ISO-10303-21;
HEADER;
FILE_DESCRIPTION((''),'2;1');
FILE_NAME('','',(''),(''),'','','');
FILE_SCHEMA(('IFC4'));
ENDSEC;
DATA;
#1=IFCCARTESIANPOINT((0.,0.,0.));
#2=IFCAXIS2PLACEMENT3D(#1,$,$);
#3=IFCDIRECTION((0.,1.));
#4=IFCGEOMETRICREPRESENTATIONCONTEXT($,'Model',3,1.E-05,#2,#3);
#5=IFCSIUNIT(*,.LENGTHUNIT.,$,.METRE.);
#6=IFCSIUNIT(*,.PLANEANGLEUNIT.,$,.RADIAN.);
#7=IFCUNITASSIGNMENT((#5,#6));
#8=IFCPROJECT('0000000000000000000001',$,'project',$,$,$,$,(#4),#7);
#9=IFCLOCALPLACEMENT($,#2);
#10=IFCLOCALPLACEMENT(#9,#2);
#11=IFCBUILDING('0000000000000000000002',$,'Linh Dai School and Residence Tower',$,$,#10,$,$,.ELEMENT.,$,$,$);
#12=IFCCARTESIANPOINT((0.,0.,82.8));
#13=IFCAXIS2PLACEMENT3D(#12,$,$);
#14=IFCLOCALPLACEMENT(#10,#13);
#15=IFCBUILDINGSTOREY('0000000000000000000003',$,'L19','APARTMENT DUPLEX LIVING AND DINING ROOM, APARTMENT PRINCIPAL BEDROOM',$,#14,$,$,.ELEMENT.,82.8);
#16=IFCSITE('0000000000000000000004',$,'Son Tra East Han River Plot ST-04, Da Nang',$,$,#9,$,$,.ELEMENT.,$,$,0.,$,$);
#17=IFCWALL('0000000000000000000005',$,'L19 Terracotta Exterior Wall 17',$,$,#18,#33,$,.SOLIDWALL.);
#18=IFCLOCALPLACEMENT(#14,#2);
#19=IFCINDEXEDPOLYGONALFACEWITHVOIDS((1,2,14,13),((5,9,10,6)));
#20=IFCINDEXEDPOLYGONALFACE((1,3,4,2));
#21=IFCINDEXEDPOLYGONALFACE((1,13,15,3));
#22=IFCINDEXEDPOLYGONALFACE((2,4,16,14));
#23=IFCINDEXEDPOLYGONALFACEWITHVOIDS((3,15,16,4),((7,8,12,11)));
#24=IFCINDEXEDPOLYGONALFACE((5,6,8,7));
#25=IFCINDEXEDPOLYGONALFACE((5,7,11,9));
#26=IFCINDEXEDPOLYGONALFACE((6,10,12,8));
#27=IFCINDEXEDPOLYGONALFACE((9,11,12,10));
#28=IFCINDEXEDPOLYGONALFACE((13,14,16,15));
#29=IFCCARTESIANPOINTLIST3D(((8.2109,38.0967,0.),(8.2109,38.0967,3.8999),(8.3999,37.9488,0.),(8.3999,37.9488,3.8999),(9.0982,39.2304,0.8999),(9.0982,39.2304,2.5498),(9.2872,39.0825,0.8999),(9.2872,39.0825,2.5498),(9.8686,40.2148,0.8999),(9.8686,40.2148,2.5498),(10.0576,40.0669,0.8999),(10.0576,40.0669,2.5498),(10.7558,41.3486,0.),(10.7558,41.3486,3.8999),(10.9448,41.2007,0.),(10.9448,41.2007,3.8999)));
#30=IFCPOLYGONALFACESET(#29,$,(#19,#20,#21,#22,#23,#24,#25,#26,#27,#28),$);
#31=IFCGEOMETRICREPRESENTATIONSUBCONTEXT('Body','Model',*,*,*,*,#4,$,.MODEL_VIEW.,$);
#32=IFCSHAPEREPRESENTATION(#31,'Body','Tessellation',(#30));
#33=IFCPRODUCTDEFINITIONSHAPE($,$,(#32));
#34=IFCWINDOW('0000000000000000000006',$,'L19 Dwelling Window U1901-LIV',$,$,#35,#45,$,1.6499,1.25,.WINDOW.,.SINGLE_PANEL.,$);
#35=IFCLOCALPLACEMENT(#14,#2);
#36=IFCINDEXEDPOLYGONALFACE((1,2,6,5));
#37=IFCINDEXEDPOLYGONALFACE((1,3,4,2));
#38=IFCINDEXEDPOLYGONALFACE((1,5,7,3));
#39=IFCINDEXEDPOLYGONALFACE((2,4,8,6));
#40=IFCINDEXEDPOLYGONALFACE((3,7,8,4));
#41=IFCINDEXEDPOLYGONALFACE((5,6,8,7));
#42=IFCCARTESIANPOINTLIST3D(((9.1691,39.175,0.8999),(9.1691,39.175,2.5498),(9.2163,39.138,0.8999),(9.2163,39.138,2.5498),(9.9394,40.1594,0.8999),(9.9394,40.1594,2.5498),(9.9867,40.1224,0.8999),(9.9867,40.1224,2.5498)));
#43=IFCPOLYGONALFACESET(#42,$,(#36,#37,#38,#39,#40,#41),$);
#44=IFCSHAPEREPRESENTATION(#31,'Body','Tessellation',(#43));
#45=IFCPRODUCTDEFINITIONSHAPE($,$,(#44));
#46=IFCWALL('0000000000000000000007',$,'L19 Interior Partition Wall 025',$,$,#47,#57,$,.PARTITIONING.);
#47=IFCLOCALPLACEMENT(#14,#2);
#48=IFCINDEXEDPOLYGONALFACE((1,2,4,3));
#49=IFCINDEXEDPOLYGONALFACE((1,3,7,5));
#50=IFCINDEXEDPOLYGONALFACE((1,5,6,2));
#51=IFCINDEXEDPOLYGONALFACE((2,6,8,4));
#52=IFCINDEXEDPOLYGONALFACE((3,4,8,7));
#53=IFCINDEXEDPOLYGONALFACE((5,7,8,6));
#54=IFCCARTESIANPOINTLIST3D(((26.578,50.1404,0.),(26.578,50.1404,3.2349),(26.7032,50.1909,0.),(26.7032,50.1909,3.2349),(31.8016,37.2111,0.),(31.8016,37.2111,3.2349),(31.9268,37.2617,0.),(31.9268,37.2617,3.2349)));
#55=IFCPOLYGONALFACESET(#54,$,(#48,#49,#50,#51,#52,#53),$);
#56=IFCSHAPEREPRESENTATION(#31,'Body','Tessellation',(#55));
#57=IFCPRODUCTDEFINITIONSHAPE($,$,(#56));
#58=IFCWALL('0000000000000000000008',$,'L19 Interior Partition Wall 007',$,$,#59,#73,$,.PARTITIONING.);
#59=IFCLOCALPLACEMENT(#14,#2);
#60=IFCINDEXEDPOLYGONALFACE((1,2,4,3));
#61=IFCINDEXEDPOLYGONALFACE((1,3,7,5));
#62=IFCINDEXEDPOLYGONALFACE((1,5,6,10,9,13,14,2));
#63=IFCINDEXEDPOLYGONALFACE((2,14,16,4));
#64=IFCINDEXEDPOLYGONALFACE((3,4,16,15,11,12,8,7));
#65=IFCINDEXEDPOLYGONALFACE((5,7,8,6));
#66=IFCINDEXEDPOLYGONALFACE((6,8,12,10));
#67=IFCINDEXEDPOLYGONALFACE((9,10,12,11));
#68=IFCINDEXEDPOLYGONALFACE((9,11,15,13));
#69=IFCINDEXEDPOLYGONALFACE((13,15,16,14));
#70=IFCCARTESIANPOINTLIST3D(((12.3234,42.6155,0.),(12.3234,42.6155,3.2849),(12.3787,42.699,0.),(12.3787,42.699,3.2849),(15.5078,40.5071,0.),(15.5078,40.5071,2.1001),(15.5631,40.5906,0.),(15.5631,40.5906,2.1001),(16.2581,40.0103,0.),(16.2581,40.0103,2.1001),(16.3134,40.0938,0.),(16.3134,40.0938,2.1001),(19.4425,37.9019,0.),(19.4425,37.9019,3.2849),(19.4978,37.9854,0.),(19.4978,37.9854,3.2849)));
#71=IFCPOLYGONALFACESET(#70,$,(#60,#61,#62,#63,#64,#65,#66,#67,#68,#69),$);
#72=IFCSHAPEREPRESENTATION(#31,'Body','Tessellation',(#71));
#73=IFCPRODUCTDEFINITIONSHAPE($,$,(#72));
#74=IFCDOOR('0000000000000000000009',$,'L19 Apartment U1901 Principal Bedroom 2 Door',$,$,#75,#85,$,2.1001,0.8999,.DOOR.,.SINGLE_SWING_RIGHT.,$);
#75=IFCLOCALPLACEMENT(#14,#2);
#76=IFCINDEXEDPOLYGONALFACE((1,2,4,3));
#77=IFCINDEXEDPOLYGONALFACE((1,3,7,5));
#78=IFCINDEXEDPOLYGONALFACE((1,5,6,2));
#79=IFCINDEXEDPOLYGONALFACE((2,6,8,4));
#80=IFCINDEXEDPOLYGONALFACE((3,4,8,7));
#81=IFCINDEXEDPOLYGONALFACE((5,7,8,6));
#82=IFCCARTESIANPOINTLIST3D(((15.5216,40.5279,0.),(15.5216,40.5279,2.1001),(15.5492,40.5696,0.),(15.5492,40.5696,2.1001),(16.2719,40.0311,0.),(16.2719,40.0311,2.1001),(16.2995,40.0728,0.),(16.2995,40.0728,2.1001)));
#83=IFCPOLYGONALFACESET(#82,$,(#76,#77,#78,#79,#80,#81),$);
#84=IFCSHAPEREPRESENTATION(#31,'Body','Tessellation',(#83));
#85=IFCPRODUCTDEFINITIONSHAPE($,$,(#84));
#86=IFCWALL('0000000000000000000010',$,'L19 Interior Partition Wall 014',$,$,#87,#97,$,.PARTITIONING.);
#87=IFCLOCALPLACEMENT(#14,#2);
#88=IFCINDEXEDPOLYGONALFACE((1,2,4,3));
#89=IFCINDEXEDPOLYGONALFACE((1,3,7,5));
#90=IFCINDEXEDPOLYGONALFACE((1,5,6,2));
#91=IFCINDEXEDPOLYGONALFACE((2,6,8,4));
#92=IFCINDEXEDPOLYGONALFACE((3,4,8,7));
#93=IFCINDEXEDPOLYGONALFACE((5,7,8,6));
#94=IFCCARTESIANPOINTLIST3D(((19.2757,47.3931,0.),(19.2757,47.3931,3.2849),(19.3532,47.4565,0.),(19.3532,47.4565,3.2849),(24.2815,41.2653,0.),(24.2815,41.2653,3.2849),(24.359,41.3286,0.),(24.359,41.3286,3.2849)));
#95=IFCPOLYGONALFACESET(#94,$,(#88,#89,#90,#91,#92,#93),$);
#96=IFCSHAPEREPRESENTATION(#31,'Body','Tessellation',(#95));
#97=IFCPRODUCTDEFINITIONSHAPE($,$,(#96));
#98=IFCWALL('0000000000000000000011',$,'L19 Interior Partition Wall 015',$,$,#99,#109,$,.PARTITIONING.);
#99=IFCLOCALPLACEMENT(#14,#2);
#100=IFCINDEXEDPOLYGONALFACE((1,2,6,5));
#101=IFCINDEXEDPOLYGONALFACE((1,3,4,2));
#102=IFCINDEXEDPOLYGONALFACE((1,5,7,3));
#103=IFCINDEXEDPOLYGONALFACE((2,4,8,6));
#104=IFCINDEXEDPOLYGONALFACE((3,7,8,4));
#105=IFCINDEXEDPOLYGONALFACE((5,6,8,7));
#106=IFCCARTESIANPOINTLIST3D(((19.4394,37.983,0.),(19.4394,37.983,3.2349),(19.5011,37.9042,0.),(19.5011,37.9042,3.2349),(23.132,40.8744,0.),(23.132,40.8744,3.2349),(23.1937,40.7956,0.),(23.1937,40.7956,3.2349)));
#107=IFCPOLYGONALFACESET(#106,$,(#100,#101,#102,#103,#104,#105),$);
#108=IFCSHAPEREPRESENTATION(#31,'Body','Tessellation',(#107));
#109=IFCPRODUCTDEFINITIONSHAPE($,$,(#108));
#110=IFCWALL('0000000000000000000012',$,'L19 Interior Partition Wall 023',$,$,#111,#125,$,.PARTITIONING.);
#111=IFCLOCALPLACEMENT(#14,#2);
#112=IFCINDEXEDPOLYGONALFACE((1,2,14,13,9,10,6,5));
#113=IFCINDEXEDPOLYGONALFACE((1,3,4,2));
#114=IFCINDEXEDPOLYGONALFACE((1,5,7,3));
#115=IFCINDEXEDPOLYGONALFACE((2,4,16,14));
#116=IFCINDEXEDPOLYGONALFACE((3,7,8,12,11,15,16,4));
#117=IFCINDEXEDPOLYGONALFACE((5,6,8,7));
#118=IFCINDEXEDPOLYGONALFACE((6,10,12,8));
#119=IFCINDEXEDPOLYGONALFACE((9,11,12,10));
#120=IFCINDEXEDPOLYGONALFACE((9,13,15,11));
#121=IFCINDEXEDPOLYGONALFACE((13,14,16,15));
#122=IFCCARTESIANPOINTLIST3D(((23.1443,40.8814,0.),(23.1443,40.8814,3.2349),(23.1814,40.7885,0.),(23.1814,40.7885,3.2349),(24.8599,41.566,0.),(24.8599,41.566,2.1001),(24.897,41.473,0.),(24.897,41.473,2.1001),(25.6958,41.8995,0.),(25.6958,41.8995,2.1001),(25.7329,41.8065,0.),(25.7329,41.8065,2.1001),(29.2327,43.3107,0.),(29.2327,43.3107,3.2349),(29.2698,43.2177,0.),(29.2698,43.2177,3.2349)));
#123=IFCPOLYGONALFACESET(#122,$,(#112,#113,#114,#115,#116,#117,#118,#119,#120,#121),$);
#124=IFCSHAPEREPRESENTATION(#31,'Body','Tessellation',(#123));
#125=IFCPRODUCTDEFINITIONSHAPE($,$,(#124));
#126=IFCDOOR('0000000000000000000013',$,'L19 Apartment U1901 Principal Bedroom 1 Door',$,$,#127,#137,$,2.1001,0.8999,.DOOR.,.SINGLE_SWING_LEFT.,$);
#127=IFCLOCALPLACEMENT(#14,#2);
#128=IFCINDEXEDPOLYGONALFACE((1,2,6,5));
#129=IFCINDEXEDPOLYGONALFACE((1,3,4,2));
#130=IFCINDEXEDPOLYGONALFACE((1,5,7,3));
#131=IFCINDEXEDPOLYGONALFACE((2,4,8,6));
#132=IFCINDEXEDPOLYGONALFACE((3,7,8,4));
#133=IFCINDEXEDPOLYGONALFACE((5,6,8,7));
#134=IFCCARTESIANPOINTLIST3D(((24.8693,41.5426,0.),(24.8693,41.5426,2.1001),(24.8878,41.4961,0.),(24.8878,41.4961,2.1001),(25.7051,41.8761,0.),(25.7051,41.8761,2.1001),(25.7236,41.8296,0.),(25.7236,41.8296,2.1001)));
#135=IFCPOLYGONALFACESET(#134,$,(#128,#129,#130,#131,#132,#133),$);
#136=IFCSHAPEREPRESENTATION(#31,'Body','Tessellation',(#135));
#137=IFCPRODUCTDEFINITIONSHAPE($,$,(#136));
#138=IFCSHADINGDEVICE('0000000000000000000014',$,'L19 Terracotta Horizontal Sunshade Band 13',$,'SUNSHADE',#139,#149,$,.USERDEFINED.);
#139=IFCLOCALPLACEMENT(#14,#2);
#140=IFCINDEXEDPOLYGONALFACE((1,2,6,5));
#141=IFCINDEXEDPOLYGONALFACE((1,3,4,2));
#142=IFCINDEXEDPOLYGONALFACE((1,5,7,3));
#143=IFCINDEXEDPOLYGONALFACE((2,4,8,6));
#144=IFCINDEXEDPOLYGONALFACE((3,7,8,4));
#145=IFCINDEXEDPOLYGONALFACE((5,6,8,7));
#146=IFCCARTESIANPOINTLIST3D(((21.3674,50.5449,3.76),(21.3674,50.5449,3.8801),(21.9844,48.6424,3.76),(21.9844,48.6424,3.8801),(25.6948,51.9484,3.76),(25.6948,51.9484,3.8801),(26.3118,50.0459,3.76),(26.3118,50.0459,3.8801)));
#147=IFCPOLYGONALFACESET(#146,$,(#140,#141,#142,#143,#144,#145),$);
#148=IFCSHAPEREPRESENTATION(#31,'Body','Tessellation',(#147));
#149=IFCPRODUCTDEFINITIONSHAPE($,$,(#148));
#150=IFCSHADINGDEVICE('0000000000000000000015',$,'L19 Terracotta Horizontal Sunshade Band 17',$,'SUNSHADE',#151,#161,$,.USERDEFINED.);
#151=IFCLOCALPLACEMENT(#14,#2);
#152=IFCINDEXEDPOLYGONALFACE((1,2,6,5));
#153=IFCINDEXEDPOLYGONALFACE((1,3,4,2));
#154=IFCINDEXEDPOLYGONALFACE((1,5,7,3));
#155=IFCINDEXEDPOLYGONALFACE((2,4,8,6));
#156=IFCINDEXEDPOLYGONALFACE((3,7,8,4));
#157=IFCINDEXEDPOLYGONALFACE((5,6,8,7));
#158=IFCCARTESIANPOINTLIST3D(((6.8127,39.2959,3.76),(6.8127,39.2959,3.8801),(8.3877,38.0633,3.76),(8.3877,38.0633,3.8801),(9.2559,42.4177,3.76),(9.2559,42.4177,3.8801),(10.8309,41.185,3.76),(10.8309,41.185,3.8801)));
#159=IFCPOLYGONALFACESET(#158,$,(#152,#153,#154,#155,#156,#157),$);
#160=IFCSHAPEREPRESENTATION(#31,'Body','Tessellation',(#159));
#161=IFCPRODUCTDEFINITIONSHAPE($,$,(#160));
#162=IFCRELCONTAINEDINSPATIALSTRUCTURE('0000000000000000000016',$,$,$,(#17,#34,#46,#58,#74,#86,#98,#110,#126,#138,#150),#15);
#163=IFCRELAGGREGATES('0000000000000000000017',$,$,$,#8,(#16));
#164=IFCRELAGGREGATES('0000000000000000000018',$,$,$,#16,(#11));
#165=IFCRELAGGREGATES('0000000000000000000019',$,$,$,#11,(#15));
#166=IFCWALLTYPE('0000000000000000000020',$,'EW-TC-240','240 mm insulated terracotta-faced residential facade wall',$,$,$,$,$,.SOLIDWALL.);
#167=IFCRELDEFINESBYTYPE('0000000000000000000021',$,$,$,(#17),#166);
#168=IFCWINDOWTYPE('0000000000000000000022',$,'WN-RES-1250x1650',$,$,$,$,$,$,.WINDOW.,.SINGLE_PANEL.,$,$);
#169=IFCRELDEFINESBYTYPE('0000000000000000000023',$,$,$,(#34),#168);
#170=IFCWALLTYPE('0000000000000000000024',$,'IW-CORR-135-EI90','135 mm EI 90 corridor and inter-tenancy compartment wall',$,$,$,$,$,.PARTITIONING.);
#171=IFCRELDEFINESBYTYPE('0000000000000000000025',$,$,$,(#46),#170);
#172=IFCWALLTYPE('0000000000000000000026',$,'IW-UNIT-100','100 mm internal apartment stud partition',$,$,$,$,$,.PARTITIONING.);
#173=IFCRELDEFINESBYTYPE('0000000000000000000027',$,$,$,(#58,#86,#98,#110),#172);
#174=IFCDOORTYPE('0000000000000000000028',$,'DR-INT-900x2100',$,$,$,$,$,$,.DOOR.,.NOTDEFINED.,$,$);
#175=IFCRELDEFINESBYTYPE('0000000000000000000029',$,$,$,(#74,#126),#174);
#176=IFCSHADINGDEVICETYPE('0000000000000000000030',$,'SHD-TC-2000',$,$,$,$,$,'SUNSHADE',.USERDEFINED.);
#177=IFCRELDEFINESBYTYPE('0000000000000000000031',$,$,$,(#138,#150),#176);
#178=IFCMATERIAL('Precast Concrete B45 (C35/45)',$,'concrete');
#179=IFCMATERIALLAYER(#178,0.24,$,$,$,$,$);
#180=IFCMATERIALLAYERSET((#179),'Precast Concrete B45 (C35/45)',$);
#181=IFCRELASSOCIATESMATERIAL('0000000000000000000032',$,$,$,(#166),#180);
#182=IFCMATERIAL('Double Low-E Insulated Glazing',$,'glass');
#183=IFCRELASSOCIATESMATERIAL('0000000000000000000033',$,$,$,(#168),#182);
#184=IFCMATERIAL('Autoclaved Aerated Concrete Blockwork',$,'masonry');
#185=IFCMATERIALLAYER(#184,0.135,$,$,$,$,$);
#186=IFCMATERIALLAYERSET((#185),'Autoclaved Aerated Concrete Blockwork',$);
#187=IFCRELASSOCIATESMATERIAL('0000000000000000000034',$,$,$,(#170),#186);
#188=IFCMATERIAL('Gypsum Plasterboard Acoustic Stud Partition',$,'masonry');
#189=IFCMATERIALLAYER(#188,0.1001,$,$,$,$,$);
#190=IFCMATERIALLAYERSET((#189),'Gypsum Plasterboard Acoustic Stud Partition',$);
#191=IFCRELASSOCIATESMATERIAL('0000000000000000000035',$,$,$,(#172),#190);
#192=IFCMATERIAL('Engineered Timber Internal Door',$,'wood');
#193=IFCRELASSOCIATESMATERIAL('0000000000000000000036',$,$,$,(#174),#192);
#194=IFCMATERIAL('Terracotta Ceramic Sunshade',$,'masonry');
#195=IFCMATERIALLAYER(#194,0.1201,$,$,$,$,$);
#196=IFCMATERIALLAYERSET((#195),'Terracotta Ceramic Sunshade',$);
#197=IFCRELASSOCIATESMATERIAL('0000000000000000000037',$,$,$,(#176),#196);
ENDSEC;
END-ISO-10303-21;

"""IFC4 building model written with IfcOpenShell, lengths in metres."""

from ifc_helpers import new_model, si_unit, direction, frame, frame_2d, origin, origin_2d, place, context, subcontext, project, spatial, rectangle, extrude, source, transform, mapped, material, layer, layer_set, type_object, element, fill, save


model = new_model("IFC4")

# Units and contexts
model_context = context("Model", 3, precision=1e-05, world=origin(), true_north=direction((0.0, 1.0)))
body_context = subcontext(model_context, "Body", "Model", "MODEL_VIEW")
ifc_project = project(units=[si_unit("LENGTHUNIT", "METRE"), si_unit("PLANEANGLEUNIT", "RADIAN")], contexts=[model_context])

# Site, building, storey
site_placement = place(None, origin())
site = spatial("IfcSite", under=ifc_project, at=site_placement, Name="Son Tra East Han River Plot ST-04, Da Nang", CompositionType="ELEMENT", RefElevation=0.0)
building_placement = place(site_placement, origin())
building = spatial("IfcBuilding", under=site, at=building_placement, Name="Linh Dai School and Residence Tower", CompositionType="ELEMENT")
storey_placement = place(building_placement, frame((0.0, 0.0, 82.8)))
storey = spatial("IfcBuildingStorey", under=building, at=storey_placement, Name="L19", Description="APARTMENT DUPLEX LIVING AND DINING ROOM, APARTMENT PRINCIPAL BEDROOM", CompositionType="ELEMENT", Elevation=82.8)

# Shared definitions
ifc_material_1 = material(Name="Precast Concrete B45 (C35/45)", Category="concrete")

# Shared definitions
ifc_layer_1 = layer(ifc_material_1, 0.24)
ifc_layer_set_1 = layer_set([ifc_layer_1], Name="Precast Concrete B45 (C35/45)")
wall_type_1 = type_object("IfcWallType", Name="EW-TC-240", Description="240 mm insulated terracotta-faced residential facade wall", PredefinedType="SOLIDWALL", material=ifc_layer_set_1)
ifc_material_2 = material(Name="Double Low-E Insulated Glazing", Category="glass")

# Wall, opening, window
wall_1_placement = place(storey_placement, frame((8.3054, 38.0227, 0.0), z_axis=(0.0, 0.0, 1.0), x_axis=(0.616296, 0.787515, 0.0)))
wall_1 = element("IfcWall", 1, at=wall_1_placement, inside=storey, type_object=wall_type_1, Name="L19 Terracotta Exterior Wall 17", PredefinedType="SOLIDWALL", context=body_context, shape_type="SweptSolid", body=[
    extrude(rectangle(XDim=4.1294, YDim=0.24, at=frame_2d((2.0647, 0.0))), origin(), (0.0, 0.0, 1.0), 3.8999),
])
opening_1_placement = place(wall_1_placement, frame((1.4397, 0.0, 0.8999)))
opening_1 = element("IfcOpeningElement", 2, at=opening_1_placement, cuts=wall_1, PredefinedType="OPENING", context=body_context, shape_type="SweptSolid", body=[
    extrude(rectangle(XDim=1.25, YDim=1.6499, at=origin_2d()), frame((0.625, 0.1299, 0.825), z_axis=(0.0, -1.0, 0.0), x_axis=(1.0, 0.0, 0.0)), (0.0, 0.0, 1.0), 0.26),
])
window_type_1 = type_object("IfcWindowType", Name="WN-RES-1250x1650", PartitioningType="SINGLE_PANEL", PredefinedType="WINDOW", material=ifc_material_2)
shared_shape_1 = source(origin(), body_context, "Body", "SweptSolid", [
    extrude(rectangle(XDim=1.25, YDim=1.6499, at=origin_2d()), frame((0.625, 0.03, 0.825), z_axis=(0.0, -1.0, 0.0), x_axis=(1.0, 0.0, 0.0)), (0.0, 0.0, 1.0), 0.0601),
])
window_1_placement = place(opening_1_placement, origin())
window_1 = element("IfcWindow", 3, at=window_1_placement, inside=storey, type_object=window_type_1, Name="L19 Dwelling Window U1901-LIV", OverallHeight=1.6499, OverallWidth=1.25, PartitioningType="SINGLE_PANEL", PredefinedType="WINDOW", context=body_context, shape_type="MappedRepresentation", body=[
    mapped(shared_shape_1, transform((0.0, 0.0, 0.0), x_axis=(1.0, 0.0, 0.0), y_axis=(0.0, 1.0, 0.0), z_axis=(0.0, 0.0, 1.0), scale=1.0)),
])
fill(opening_1, window_1)

# Wall
ifc_material_3 = material(Name="Autoclaved Aerated Concrete Blockwork", Category="masonry")
ifc_layer_2 = layer(ifc_material_3, 0.135)
ifc_layer_set_2 = layer_set([ifc_layer_2], Name="Autoclaved Aerated Concrete Blockwork")
wall_type_2 = type_object("IfcWallType", Name="IW-CORR-135-EI90", Description="135 mm EI 90 corridor and inter-tenancy compartment wall", PredefinedType="PARTITIONING", material=ifc_layer_set_2)
wall_2_placement = place(storey_placement, frame((26.6406, 50.1655, 0.0), z_axis=(0.0, 0.0, 1.0), x_axis=(0.3746, -0.927186, 0.0)))
element("IfcWall", 4, at=wall_2_placement, inside=storey, type_object=wall_type_2, Name="L19 Interior Partition Wall 025", PredefinedType="PARTITIONING", context=body_context, shape_type="SweptSolid", body=[
    extrude(rectangle(XDim=13.9446, YDim=0.135, at=frame_2d((6.9722, 0.0))), origin(), (0.0, 0.0, 1.0), 3.2349),
])

# Wall, opening, door
ifc_material_4 = material(Name="Gypsum Plasterboard Acoustic Stud Partition", Category="masonry")
ifc_layer_3 = layer(ifc_material_4, 0.1001)
ifc_layer_set_3 = layer_set([ifc_layer_3], Name="Gypsum Plasterboard Acoustic Stud Partition")
wall_type_3 = type_object("IfcWallType", Name="IW-UNIT-100", Description="100 mm internal apartment stud partition", PredefinedType="PARTITIONING", material=ifc_layer_set_3)
wall_3_placement = place(storey_placement, frame((12.3511, 42.6572, 0.0), z_axis=(0.0, 0.0, 1.0), x_axis=(0.833801, -0.552065, 0.0)))
wall_3 = element("IfcWall", 5, at=wall_3_placement, inside=storey, type_object=wall_type_3, Name="L19 Interior Partition Wall 007", PredefinedType="PARTITIONING", context=body_context, shape_type="SweptSolid", body=[
    extrude(rectangle(XDim=8.5381, YDim=0.1001, at=frame_2d((4.269, 0.0))), origin(), (0.0, 0.0, 1.0), 3.2849),
])
opening_2_placement = place(wall_3_placement, frame((3.8191, 0.0, 0.0)))
opening_2 = element("IfcOpeningElement", 6, at=opening_2_placement, cuts=wall_3, PredefinedType="OPENING", context=body_context, shape_type="SweptSolid", body=[
    extrude(rectangle(XDim=0.8999, YDim=2.1001, at=origin_2d()), frame((0.45, 0.0601, 1.05), z_axis=(0.0, -1.0, 0.0), x_axis=(1.0, 0.0, 0.0)), (0.0, 0.0, 1.0), 0.1201),
])
ifc_material_5 = material(Name="Engineered Timber Internal Door", Category="wood")
door_type = type_object("IfcDoorType", Name="DR-INT-900x2100", OperationType="NOTDEFINED", PredefinedType="DOOR", material=ifc_material_5)
shared_shape_2 = source(origin(), body_context, "Body", "SweptSolid", [
    extrude(rectangle(XDim=0.8999, YDim=2.1001, at=origin_2d()), frame((0.45, 0.0249, 1.05), z_axis=(0.0, -1.0, 0.0), x_axis=(1.0, 0.0, 0.0)), (0.0, 0.0, 1.0), 0.05),
])
door_1_placement = place(opening_2_placement, origin())
door_1 = element("IfcDoor", 7, at=door_1_placement, inside=storey, type_object=door_type, Name="L19 Apartment U1901 Principal Bedroom 2 Door", OperationType="SINGLE_SWING_RIGHT", OverallHeight=2.1001, OverallWidth=0.8999, PredefinedType="DOOR", context=body_context, shape_type="MappedRepresentation", body=[
    mapped(shared_shape_2, transform((0.0, 0.0, 0.0), x_axis=(1.0, 0.0, 0.0), y_axis=(0.0, 1.0, 0.0), z_axis=(0.0, 0.0, 1.0), scale=1.0)),
])
fill(opening_2, door_1)

# Walls
wall_4_placement = place(storey_placement, frame((19.3145, 47.4248, 0.0), z_axis=(0.0, 0.0, 1.0), x_axis=(0.632639, -0.774446, 0.0)))
element("IfcWall", 8, at=wall_4_placement, inside=storey, type_object=wall_type_3, Name="L19 Interior Partition Wall 014", PredefinedType="PARTITIONING", context=body_context, shape_type="SweptSolid", body=[
    extrude(rectangle(XDim=7.9126, YDim=0.1001, at=frame_2d((3.9563, 0.0))), origin(), (0.0, 0.0, 1.0), 3.2849),
])
wall_5_placement = place(storey_placement, frame((19.4702, 37.9436, 0.0), z_axis=(0.0, 0.0, 1.0), x_axis=(0.787352, 0.616503, 0.0)))
element("IfcWall", 9, at=wall_5_placement, inside=storey, type_object=wall_type_3, Name="L19 Interior Partition Wall 015", PredefinedType="PARTITIONING", context=body_context, shape_type="SweptSolid", body=[
    extrude(rectangle(XDim=4.6899, YDim=0.1001, at=frame_2d((2.345, 0.0))), origin(), (0.0, 0.0, 1.0), 3.2349),
])

# Wall, opening, door
wall_6_placement = place(storey_placement, frame((23.1628, 40.835, 0.0), z_axis=(0.0, 0.0, 1.0), x_axis=(0.9288, 0.370581, 0.0)))
wall_6 = element("IfcWall", 10, at=wall_6_placement, inside=storey, type_object=wall_type_3, Name="L19 Interior Partition Wall 023", PredefinedType="PARTITIONING", context=body_context, shape_type="SweptSolid", body=[
    extrude(rectangle(XDim=6.5552, YDim=0.1001, at=frame_2d((3.2776, 0.0))), origin(), (0.0, 0.0, 1.0), 3.2349),
])
opening_3_placement = place(wall_6_placement, frame((1.8472, 0.0, 0.0)))
opening_3 = element("IfcOpeningElement", 11, at=opening_3_placement, cuts=wall_6, PredefinedType="OPENING", context=body_context, shape_type="SweptSolid", body=[
    extrude(rectangle(XDim=0.8999, YDim=2.1001, at=origin_2d()), frame((0.45, 0.0601, 1.05), z_axis=(0.0, -1.0, 0.0), x_axis=(1.0, 0.0, 0.0)), (0.0, 0.0, 1.0), 0.1201),
])
door_2_placement = place(opening_3_placement, origin())
door_2 = element("IfcDoor", 12, at=door_2_placement, inside=storey, type_object=door_type, Name="L19 Apartment U1901 Principal Bedroom 1 Door", OperationType="SINGLE_SWING_LEFT", OverallHeight=2.1001, OverallWidth=0.8999, PredefinedType="DOOR", context=body_context, shape_type="MappedRepresentation", body=[
    mapped(shared_shape_2, transform((0.0, 0.0, 0.0), x_axis=(1.0, 0.0, 0.0), y_axis=(0.0, 1.0, 0.0), z_axis=(0.0, 0.0, 1.0), scale=1.0)),
])
fill(opening_3, door_2)

# Shading devices
ifc_material_6 = material(Name="Terracotta Ceramic Sunshade", Category="masonry")
ifc_layer_4 = layer(ifc_material_6, 0.1201)
ifc_layer_set_4 = layer_set([ifc_layer_4], Name="Terracotta Ceramic Sunshade")
shading_device_type = type_object("IfcShadingDeviceType", Name="SHD-TC-2000", ElementType="SUNSHADE", PredefinedType="USERDEFINED", material=ifc_layer_set_4)
shared_shape_3 = source(origin(), body_context, "Body", "SweptSolid", [
    extrude(rectangle(XDim=4.5493, YDim=2.0, at=origin_2d()), origin(), (0.0, 0.0, 1.0), 0.1201),
])
shading_device_1_placement = place(storey_placement, frame((23.8396, 50.2954, 3.76), z_axis=(0.0, 0.0, 1.0), x_axis=(0.951221, 0.308511, 0.0)))
element("IfcShadingDevice", 13, at=shading_device_1_placement, inside=storey, type_object=shading_device_type, Name="L19 Terracotta Horizontal Sunshade Band 13", ObjectType="SUNSHADE", PredefinedType="USERDEFINED", context=body_context, shape_type="MappedRepresentation", body=[
    mapped(shared_shape_3, transform((0.0, 0.0, 0.0), x_axis=(1.0, 0.0, 0.0), y_axis=(0.0, 1.0, 0.0), z_axis=(0.0, 0.0, 1.0), scale=1.0)),
])
shared_shape_4 = source(origin(), body_context, "Body", "SweptSolid", [
    extrude(rectangle(XDim=3.9641, YDim=2.0, at=origin_2d()), origin(), (0.0, 0.0, 1.0), 0.1201),
])
shading_device_2_placement = place(storey_placement, frame((8.8218, 40.2405, 3.76), z_axis=(0.0, 0.0, 1.0), x_axis=(0.616319, 0.787496, 0.0)))
element("IfcShadingDevice", 14, at=shading_device_2_placement, inside=storey, type_object=shading_device_type, Name="L19 Terracotta Horizontal Sunshade Band 17", ObjectType="SUNSHADE", PredefinedType="USERDEFINED", context=body_context, shape_type="MappedRepresentation", body=[
    mapped(shared_shape_4, transform((0.0, 0.0, 0.0), x_axis=(1.0, 0.0, 0.0), y_axis=(0.0, 1.0, 0.0), z_axis=(0.0, 0.0, 1.0), scale=1.0)),
])

save(model, "model.ifc")
